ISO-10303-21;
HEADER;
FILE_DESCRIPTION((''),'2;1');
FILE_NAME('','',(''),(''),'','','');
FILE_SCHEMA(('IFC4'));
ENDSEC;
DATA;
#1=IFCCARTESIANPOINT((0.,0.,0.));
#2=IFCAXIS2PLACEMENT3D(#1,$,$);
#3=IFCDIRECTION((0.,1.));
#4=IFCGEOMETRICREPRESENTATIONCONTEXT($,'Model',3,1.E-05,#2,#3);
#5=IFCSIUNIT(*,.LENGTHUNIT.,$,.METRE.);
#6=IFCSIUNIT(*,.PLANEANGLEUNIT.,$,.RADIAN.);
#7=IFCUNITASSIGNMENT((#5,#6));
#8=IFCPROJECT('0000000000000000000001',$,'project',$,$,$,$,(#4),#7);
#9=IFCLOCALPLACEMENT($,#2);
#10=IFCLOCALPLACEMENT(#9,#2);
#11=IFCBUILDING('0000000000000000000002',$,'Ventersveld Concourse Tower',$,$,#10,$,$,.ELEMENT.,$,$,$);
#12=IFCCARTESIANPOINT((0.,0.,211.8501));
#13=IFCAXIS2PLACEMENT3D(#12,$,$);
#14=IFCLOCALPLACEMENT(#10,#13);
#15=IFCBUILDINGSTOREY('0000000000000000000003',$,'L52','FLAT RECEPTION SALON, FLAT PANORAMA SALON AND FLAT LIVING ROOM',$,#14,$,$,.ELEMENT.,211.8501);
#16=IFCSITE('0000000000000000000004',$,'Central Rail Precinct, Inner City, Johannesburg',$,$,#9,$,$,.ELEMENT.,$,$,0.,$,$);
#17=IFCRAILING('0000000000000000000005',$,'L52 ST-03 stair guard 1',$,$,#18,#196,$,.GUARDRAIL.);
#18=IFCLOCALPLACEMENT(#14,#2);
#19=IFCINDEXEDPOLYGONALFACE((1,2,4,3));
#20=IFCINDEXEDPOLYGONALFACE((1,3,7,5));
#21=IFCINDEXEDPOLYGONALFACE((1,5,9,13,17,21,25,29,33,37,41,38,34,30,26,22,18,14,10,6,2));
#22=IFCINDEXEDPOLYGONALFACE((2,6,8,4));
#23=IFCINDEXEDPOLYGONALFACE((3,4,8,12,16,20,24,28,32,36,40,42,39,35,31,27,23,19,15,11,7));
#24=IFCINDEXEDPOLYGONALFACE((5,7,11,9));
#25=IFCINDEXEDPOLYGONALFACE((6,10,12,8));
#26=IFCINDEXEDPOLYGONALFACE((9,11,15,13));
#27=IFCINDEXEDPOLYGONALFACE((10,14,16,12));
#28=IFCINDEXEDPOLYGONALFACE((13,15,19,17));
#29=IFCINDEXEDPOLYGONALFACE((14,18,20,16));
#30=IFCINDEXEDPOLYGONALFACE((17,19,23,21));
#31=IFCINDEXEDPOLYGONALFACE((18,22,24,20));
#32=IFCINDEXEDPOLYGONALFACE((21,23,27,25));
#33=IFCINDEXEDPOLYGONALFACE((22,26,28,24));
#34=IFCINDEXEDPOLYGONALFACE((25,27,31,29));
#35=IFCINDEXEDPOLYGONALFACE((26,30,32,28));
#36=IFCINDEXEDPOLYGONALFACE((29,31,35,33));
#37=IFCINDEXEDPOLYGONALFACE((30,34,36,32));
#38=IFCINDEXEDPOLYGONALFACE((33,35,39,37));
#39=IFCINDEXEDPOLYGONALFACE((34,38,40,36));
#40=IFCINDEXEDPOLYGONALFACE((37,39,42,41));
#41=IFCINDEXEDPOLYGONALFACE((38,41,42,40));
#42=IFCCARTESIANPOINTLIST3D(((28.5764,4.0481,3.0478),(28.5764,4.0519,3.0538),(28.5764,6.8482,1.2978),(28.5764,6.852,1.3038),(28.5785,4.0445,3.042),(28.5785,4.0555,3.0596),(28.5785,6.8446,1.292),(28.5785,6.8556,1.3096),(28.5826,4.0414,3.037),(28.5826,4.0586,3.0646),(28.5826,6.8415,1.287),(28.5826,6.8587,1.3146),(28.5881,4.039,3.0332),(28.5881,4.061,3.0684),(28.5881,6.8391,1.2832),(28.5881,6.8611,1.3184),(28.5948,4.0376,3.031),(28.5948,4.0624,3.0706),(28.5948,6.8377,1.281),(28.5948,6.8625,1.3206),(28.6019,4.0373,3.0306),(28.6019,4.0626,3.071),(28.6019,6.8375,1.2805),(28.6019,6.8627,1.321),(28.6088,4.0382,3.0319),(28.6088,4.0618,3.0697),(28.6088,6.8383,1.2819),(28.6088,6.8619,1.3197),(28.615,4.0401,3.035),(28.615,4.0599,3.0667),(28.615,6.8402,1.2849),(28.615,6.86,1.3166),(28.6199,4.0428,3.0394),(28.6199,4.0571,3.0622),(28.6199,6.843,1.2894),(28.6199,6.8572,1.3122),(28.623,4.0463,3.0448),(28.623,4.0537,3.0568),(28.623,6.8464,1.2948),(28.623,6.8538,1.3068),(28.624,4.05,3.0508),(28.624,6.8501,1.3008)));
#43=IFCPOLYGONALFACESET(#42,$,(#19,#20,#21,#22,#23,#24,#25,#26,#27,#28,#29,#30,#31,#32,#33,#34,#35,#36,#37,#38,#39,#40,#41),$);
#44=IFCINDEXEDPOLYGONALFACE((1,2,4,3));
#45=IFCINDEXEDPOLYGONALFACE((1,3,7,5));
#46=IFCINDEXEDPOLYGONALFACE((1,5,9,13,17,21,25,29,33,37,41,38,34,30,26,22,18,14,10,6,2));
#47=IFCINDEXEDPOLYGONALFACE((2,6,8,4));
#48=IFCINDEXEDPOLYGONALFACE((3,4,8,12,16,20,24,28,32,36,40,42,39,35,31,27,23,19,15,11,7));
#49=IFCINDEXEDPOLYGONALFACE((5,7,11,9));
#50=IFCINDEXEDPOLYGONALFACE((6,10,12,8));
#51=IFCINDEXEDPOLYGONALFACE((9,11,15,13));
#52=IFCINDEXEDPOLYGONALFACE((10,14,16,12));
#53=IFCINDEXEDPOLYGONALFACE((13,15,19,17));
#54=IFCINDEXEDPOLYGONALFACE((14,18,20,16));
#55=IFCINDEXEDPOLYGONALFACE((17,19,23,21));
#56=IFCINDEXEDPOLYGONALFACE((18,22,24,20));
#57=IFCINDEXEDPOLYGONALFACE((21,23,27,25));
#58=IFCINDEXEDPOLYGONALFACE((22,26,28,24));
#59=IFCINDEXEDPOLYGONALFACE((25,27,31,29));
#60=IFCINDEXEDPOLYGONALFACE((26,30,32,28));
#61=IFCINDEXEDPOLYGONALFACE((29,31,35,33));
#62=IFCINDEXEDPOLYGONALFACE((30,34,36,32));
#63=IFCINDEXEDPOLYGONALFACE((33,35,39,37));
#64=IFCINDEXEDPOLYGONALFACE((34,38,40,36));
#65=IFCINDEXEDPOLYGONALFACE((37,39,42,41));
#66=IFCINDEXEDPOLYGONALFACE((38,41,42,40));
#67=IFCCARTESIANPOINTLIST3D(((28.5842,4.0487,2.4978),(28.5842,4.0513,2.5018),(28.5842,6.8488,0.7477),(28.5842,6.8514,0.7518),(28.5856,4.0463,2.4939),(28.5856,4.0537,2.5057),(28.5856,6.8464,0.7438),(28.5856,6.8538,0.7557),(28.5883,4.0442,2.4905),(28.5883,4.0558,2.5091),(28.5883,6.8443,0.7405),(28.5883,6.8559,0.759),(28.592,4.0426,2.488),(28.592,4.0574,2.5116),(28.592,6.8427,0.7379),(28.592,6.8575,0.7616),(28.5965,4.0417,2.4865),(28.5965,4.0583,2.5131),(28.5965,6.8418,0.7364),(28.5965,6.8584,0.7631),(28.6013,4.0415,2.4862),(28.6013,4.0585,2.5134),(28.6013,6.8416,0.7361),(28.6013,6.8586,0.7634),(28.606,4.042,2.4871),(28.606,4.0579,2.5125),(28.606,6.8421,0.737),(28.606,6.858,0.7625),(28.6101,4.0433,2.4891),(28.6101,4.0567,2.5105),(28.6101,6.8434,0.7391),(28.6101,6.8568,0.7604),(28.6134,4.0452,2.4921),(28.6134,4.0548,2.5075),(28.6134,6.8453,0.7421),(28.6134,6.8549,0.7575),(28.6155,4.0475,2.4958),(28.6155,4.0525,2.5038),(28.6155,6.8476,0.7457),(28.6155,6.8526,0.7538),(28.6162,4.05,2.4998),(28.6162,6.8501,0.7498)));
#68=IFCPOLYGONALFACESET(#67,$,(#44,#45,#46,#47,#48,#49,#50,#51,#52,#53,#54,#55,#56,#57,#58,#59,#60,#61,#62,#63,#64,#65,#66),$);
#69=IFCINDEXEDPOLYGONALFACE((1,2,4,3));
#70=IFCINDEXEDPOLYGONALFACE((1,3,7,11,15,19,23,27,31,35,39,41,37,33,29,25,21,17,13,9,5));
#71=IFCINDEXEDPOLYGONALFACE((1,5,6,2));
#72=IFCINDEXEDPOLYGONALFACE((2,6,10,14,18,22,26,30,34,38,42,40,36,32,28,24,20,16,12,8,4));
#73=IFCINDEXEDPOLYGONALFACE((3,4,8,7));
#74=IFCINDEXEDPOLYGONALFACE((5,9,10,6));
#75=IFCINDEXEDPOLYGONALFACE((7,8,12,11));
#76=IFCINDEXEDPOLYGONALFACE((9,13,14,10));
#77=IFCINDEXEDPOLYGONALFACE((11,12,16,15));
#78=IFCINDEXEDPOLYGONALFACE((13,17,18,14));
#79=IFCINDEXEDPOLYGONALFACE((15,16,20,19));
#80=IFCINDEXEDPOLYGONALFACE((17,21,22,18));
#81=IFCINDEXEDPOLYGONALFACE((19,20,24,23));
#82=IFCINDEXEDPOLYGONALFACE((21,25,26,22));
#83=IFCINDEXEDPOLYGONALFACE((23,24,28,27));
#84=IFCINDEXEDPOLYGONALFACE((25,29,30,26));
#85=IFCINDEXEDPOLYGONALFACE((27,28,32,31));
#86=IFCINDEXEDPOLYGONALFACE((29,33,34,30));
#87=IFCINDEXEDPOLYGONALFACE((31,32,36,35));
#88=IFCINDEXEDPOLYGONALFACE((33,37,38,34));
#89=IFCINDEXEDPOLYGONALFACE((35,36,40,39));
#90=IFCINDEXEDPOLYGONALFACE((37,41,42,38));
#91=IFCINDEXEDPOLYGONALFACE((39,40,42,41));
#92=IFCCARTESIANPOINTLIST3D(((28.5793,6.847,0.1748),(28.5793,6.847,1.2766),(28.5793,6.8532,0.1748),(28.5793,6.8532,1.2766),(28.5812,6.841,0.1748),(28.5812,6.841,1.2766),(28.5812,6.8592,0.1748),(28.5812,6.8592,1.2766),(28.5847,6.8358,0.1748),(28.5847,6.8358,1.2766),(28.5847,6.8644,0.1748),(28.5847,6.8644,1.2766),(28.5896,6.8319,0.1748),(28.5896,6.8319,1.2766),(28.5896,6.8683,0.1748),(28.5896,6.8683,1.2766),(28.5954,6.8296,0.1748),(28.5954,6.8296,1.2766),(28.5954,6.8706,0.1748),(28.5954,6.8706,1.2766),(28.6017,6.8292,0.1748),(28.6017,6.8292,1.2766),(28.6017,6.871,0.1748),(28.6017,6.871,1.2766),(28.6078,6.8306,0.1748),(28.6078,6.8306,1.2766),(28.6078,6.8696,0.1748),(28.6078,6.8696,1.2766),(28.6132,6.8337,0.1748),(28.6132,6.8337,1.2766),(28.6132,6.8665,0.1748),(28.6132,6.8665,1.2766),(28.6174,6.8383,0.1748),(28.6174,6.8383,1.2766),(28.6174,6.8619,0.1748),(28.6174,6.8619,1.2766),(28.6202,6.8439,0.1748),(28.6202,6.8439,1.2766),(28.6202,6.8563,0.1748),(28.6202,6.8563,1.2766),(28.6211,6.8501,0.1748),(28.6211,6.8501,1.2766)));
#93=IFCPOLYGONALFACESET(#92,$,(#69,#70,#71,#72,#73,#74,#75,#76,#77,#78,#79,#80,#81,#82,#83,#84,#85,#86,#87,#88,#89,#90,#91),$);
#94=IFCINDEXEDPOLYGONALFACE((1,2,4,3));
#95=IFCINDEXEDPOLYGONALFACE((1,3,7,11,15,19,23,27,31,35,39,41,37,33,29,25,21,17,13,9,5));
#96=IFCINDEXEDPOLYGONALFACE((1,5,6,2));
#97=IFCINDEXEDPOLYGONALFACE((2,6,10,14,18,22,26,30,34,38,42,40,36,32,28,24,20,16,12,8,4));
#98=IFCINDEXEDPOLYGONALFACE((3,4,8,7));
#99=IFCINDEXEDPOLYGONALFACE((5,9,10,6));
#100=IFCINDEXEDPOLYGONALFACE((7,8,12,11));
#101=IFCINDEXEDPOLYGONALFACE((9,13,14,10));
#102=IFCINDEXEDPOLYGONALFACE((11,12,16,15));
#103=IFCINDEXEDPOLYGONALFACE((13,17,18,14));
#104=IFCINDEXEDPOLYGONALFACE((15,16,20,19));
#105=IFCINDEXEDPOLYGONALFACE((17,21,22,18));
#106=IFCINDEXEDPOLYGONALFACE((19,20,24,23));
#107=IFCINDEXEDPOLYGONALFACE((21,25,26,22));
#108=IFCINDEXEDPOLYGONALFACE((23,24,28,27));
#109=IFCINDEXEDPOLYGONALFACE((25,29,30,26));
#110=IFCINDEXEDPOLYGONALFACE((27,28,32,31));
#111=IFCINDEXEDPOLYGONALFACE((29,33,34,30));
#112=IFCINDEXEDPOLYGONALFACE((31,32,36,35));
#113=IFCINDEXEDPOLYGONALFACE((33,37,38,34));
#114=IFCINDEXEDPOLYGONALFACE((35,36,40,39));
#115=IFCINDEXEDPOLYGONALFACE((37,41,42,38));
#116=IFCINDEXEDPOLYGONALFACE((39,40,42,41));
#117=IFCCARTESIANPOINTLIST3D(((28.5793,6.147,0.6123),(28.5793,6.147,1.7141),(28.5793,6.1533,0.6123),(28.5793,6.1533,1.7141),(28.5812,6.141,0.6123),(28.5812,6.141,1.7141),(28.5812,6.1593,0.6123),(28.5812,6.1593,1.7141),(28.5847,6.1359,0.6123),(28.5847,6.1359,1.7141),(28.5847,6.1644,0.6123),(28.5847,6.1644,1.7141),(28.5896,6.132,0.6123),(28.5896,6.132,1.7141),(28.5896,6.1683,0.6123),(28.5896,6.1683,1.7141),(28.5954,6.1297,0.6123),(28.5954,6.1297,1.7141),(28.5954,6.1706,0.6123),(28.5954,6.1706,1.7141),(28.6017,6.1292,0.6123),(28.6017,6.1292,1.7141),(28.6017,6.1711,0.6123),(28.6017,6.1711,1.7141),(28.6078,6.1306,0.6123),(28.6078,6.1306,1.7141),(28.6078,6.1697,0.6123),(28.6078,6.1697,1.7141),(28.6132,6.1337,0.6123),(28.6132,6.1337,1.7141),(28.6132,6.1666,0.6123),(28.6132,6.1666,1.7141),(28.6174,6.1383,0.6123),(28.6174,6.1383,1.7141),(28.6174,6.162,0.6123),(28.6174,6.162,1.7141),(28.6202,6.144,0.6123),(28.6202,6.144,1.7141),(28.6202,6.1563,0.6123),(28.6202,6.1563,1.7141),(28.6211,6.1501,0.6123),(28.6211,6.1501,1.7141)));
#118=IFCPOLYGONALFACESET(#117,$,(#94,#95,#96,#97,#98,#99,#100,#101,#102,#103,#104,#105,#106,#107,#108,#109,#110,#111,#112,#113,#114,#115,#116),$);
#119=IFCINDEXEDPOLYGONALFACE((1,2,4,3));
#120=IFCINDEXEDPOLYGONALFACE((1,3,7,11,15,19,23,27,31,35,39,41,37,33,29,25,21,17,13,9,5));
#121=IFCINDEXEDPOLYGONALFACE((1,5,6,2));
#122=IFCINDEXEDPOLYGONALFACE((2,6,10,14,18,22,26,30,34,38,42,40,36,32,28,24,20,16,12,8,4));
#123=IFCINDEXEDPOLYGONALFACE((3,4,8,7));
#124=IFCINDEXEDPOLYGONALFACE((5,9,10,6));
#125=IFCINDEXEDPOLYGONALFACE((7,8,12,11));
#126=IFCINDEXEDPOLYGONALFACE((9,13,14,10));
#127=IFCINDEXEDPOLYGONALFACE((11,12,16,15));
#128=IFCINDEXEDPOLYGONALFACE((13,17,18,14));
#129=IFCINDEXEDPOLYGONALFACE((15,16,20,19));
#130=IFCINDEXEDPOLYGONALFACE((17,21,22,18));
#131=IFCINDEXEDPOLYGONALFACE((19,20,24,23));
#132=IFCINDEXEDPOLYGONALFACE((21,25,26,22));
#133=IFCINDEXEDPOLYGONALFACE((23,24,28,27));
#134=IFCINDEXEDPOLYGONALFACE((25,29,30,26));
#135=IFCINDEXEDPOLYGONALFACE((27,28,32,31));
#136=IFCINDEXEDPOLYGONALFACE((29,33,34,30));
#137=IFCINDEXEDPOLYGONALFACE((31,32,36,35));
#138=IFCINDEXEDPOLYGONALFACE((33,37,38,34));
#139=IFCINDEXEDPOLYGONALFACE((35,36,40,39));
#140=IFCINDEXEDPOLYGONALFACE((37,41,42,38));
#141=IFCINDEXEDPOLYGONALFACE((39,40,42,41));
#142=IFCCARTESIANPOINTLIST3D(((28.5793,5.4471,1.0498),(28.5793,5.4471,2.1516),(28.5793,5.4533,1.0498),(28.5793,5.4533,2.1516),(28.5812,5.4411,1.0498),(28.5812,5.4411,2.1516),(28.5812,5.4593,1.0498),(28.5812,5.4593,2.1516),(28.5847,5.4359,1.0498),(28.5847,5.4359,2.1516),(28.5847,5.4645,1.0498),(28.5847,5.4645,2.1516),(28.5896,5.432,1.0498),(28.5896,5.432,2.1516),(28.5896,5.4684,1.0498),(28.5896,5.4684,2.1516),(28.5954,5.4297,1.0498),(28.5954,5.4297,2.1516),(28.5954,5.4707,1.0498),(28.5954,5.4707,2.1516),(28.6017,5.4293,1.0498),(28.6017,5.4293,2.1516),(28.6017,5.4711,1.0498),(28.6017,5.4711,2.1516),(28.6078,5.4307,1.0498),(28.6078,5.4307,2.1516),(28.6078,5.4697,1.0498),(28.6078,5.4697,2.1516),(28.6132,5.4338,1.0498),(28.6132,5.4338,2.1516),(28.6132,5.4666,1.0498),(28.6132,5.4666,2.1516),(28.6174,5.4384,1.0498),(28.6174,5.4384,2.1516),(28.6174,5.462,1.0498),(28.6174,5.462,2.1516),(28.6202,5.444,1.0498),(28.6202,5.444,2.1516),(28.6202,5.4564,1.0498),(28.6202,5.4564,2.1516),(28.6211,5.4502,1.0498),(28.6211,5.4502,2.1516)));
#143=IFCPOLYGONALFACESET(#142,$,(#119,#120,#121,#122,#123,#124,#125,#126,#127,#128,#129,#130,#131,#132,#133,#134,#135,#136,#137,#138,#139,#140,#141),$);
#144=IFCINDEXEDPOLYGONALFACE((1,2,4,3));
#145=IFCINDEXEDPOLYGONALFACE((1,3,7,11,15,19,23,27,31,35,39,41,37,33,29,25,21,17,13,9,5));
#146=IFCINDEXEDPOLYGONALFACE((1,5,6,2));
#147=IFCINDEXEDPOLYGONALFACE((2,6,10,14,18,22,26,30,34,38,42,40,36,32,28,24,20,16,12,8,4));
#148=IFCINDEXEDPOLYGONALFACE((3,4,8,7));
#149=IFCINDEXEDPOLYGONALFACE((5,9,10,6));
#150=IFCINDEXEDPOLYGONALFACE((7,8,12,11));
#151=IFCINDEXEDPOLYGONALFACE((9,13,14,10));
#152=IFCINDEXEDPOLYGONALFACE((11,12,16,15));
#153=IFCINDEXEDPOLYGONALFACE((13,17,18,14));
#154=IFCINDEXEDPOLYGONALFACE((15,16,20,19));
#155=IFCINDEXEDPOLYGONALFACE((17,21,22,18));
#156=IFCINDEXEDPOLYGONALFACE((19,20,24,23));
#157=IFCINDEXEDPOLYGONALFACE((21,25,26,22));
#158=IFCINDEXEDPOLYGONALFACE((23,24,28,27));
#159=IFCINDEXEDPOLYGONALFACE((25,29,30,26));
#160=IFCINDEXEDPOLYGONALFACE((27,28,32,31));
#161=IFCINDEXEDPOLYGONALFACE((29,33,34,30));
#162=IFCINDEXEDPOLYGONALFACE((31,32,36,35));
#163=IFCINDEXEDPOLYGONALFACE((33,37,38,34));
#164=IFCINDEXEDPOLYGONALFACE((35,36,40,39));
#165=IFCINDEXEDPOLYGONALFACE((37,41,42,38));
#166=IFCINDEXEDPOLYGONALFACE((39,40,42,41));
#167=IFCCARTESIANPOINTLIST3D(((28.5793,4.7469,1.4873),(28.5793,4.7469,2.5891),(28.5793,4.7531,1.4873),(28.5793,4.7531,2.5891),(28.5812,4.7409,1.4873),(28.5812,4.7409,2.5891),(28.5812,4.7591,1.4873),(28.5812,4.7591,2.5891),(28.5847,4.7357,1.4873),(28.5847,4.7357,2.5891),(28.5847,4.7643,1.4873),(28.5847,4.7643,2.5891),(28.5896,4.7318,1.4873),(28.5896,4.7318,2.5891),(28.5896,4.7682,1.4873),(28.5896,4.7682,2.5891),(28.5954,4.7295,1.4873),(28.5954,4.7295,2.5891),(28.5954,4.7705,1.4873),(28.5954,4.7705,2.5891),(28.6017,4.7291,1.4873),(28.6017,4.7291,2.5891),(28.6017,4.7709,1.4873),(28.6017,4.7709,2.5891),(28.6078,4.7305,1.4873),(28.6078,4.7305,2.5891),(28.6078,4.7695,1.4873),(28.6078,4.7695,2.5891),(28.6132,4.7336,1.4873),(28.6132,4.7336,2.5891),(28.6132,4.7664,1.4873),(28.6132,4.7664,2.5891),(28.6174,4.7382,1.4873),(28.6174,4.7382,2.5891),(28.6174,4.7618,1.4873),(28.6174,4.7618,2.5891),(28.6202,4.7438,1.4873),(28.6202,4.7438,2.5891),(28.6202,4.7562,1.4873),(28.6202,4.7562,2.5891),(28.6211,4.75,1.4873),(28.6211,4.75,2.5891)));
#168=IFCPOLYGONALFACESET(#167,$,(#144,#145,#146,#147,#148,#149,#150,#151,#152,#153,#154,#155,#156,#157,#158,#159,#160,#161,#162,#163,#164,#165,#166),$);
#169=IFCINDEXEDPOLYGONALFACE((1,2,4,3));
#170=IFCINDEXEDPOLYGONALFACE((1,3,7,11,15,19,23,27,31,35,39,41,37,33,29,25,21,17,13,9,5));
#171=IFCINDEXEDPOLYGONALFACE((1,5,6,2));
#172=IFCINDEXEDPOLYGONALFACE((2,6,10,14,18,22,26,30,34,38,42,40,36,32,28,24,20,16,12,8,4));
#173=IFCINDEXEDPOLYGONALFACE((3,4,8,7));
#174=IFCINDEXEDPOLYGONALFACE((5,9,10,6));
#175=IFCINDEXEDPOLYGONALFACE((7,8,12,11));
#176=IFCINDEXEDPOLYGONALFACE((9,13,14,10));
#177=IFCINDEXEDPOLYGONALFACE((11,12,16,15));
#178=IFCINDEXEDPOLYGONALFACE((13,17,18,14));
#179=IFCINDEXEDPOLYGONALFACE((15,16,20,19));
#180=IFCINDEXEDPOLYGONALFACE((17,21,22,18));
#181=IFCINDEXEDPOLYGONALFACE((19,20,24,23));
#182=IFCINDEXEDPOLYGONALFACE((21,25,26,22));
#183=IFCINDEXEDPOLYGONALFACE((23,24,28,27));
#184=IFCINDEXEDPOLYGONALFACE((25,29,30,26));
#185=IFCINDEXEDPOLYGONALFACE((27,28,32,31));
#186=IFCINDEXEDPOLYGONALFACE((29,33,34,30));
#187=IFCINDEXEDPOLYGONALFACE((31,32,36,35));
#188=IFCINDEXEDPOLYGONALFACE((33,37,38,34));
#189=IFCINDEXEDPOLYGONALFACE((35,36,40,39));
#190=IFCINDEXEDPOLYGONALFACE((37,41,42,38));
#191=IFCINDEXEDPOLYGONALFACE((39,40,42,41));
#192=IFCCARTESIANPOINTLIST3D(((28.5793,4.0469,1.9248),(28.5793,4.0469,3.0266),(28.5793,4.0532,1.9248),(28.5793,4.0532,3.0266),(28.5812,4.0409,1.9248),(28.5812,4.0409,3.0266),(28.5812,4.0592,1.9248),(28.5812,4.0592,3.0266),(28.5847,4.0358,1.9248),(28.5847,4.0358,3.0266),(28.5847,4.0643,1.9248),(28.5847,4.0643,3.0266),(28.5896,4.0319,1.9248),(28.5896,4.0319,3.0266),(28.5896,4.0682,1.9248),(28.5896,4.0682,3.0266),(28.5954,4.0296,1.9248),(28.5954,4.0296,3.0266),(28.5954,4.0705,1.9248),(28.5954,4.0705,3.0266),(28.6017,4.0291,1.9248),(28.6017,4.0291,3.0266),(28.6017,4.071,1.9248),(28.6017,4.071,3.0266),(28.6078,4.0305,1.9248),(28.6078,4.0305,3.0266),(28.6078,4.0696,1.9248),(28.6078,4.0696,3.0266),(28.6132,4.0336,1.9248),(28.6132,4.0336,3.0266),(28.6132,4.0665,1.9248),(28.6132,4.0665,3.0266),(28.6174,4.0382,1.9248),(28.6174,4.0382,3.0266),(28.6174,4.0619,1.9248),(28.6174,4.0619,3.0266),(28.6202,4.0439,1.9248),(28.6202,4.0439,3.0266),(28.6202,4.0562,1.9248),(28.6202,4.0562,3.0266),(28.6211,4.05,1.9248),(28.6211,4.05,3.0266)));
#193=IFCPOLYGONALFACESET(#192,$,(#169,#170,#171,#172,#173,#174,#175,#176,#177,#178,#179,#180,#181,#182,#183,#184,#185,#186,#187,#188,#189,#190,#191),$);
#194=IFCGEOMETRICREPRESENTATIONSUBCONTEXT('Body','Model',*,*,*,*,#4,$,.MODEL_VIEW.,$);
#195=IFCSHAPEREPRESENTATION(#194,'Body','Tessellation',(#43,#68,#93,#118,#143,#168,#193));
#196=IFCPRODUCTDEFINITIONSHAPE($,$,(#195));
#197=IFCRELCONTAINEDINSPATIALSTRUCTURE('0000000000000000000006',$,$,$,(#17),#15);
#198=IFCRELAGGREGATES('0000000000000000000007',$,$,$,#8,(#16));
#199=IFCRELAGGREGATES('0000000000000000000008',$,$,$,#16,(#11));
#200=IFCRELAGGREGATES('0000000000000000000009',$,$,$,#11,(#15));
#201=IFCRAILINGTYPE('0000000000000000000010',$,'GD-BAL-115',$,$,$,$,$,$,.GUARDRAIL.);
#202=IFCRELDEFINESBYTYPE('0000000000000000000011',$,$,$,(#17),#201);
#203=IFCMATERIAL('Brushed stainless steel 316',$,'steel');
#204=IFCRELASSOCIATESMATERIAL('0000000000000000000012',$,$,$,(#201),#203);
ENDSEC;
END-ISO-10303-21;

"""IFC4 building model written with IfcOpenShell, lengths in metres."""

from ifc_helpers import new_model, si_unit, direction, frame, origin, origin_2d, place, context, subcontext, project, spatial, circle, extrude, material, type_object, element, save


model = new_model("IFC4")

# Units and contexts
model_context = context("Model", 3, precision=1e-05, world=origin(), true_north=direction((0.0, 1.0)))
body_context = subcontext(model_context, "Body", "Model", "MODEL_VIEW")
ifc_project = project(units=[si_unit("LENGTHUNIT", "METRE"), si_unit("PLANEANGLEUNIT", "RADIAN")], contexts=[model_context])

# Site, building, storey
site_placement = place(None, origin())
site = spatial("IfcSite", under=ifc_project, at=site_placement, Name="Central Rail Precinct, Inner City, Johannesburg", CompositionType="ELEMENT", RefElevation=0.0)
building_placement = place(site_placement, origin())
building = spatial("IfcBuilding", under=site, at=building_placement, Name="Ventersveld Concourse Tower", CompositionType="ELEMENT")
storey_placement = place(building_placement, frame((0.0, 0.0, 211.8501)))
storey = spatial("IfcBuildingStorey", under=building, at=storey_placement, Name="L52", Description="FLAT RECEPTION SALON, FLAT PANORAMA SALON AND FLAT LIVING ROOM", CompositionType="ELEMENT", Elevation=211.8501)

# Railing
ifc_material_1 = material(Name="Brushed stainless steel 316", Category="steel")
railing_type_1 = type_object("IfcRailingType", Name="GD-BAL-115", PredefinedType="GUARDRAIL", material=ifc_material_1)
railing_1_placement = place(storey_placement, frame((28.6001, 6.8501, 0.1748)))
element("IfcRailing", 1, at=railing_1_placement, inside=storey, type_object=railing_type_1, Name="L52 ST-03 stair guard 1", PredefinedType="GUARDRAIL", context=body_context, shape_type="SweptSolid", body=[
    extrude(circle(Radius=0.0239, at=origin_2d()), frame((0.0, 0.0, 1.126), z_axis=(0.0, -0.848002, 0.529992), x_axis=(1.0, 0.0, 0.0)), (0.0, 0.0, 1.0), 3.302),
    extrude(circle(Radius=0.0161, at=origin_2d()), frame((0.0, 0.0, 0.575), z_axis=(0.0, -0.848002, 0.529992), x_axis=(1.0, 0.0, 0.0)), (0.0, 0.0, 1.0), 3.302),
    extrude(circle(Radius=0.021, at=origin_2d()), origin(), (0.0, 0.0, 1.0), 1.1018),
    extrude(circle(Radius=0.021, at=origin_2d()), frame((0.0, -0.7, 0.4375)), (0.0, 0.0, 1.0), 1.1018),
    extrude(circle(Radius=0.021, at=origin_2d()), frame((0.0, -1.3999, 0.875)), (0.0, 0.0, 1.0), 1.1018),
    extrude(circle(Radius=0.021, at=origin_2d()), frame((0.0, -2.1001, 1.3125)), (0.0, 0.0, 1.0), 1.1018),
    extrude(circle(Radius=0.021, at=origin_2d()), frame((0.0, -2.8, 1.75)), (0.0, 0.0, 1.0), 1.1018),
])

save(model, "model.ifc")
